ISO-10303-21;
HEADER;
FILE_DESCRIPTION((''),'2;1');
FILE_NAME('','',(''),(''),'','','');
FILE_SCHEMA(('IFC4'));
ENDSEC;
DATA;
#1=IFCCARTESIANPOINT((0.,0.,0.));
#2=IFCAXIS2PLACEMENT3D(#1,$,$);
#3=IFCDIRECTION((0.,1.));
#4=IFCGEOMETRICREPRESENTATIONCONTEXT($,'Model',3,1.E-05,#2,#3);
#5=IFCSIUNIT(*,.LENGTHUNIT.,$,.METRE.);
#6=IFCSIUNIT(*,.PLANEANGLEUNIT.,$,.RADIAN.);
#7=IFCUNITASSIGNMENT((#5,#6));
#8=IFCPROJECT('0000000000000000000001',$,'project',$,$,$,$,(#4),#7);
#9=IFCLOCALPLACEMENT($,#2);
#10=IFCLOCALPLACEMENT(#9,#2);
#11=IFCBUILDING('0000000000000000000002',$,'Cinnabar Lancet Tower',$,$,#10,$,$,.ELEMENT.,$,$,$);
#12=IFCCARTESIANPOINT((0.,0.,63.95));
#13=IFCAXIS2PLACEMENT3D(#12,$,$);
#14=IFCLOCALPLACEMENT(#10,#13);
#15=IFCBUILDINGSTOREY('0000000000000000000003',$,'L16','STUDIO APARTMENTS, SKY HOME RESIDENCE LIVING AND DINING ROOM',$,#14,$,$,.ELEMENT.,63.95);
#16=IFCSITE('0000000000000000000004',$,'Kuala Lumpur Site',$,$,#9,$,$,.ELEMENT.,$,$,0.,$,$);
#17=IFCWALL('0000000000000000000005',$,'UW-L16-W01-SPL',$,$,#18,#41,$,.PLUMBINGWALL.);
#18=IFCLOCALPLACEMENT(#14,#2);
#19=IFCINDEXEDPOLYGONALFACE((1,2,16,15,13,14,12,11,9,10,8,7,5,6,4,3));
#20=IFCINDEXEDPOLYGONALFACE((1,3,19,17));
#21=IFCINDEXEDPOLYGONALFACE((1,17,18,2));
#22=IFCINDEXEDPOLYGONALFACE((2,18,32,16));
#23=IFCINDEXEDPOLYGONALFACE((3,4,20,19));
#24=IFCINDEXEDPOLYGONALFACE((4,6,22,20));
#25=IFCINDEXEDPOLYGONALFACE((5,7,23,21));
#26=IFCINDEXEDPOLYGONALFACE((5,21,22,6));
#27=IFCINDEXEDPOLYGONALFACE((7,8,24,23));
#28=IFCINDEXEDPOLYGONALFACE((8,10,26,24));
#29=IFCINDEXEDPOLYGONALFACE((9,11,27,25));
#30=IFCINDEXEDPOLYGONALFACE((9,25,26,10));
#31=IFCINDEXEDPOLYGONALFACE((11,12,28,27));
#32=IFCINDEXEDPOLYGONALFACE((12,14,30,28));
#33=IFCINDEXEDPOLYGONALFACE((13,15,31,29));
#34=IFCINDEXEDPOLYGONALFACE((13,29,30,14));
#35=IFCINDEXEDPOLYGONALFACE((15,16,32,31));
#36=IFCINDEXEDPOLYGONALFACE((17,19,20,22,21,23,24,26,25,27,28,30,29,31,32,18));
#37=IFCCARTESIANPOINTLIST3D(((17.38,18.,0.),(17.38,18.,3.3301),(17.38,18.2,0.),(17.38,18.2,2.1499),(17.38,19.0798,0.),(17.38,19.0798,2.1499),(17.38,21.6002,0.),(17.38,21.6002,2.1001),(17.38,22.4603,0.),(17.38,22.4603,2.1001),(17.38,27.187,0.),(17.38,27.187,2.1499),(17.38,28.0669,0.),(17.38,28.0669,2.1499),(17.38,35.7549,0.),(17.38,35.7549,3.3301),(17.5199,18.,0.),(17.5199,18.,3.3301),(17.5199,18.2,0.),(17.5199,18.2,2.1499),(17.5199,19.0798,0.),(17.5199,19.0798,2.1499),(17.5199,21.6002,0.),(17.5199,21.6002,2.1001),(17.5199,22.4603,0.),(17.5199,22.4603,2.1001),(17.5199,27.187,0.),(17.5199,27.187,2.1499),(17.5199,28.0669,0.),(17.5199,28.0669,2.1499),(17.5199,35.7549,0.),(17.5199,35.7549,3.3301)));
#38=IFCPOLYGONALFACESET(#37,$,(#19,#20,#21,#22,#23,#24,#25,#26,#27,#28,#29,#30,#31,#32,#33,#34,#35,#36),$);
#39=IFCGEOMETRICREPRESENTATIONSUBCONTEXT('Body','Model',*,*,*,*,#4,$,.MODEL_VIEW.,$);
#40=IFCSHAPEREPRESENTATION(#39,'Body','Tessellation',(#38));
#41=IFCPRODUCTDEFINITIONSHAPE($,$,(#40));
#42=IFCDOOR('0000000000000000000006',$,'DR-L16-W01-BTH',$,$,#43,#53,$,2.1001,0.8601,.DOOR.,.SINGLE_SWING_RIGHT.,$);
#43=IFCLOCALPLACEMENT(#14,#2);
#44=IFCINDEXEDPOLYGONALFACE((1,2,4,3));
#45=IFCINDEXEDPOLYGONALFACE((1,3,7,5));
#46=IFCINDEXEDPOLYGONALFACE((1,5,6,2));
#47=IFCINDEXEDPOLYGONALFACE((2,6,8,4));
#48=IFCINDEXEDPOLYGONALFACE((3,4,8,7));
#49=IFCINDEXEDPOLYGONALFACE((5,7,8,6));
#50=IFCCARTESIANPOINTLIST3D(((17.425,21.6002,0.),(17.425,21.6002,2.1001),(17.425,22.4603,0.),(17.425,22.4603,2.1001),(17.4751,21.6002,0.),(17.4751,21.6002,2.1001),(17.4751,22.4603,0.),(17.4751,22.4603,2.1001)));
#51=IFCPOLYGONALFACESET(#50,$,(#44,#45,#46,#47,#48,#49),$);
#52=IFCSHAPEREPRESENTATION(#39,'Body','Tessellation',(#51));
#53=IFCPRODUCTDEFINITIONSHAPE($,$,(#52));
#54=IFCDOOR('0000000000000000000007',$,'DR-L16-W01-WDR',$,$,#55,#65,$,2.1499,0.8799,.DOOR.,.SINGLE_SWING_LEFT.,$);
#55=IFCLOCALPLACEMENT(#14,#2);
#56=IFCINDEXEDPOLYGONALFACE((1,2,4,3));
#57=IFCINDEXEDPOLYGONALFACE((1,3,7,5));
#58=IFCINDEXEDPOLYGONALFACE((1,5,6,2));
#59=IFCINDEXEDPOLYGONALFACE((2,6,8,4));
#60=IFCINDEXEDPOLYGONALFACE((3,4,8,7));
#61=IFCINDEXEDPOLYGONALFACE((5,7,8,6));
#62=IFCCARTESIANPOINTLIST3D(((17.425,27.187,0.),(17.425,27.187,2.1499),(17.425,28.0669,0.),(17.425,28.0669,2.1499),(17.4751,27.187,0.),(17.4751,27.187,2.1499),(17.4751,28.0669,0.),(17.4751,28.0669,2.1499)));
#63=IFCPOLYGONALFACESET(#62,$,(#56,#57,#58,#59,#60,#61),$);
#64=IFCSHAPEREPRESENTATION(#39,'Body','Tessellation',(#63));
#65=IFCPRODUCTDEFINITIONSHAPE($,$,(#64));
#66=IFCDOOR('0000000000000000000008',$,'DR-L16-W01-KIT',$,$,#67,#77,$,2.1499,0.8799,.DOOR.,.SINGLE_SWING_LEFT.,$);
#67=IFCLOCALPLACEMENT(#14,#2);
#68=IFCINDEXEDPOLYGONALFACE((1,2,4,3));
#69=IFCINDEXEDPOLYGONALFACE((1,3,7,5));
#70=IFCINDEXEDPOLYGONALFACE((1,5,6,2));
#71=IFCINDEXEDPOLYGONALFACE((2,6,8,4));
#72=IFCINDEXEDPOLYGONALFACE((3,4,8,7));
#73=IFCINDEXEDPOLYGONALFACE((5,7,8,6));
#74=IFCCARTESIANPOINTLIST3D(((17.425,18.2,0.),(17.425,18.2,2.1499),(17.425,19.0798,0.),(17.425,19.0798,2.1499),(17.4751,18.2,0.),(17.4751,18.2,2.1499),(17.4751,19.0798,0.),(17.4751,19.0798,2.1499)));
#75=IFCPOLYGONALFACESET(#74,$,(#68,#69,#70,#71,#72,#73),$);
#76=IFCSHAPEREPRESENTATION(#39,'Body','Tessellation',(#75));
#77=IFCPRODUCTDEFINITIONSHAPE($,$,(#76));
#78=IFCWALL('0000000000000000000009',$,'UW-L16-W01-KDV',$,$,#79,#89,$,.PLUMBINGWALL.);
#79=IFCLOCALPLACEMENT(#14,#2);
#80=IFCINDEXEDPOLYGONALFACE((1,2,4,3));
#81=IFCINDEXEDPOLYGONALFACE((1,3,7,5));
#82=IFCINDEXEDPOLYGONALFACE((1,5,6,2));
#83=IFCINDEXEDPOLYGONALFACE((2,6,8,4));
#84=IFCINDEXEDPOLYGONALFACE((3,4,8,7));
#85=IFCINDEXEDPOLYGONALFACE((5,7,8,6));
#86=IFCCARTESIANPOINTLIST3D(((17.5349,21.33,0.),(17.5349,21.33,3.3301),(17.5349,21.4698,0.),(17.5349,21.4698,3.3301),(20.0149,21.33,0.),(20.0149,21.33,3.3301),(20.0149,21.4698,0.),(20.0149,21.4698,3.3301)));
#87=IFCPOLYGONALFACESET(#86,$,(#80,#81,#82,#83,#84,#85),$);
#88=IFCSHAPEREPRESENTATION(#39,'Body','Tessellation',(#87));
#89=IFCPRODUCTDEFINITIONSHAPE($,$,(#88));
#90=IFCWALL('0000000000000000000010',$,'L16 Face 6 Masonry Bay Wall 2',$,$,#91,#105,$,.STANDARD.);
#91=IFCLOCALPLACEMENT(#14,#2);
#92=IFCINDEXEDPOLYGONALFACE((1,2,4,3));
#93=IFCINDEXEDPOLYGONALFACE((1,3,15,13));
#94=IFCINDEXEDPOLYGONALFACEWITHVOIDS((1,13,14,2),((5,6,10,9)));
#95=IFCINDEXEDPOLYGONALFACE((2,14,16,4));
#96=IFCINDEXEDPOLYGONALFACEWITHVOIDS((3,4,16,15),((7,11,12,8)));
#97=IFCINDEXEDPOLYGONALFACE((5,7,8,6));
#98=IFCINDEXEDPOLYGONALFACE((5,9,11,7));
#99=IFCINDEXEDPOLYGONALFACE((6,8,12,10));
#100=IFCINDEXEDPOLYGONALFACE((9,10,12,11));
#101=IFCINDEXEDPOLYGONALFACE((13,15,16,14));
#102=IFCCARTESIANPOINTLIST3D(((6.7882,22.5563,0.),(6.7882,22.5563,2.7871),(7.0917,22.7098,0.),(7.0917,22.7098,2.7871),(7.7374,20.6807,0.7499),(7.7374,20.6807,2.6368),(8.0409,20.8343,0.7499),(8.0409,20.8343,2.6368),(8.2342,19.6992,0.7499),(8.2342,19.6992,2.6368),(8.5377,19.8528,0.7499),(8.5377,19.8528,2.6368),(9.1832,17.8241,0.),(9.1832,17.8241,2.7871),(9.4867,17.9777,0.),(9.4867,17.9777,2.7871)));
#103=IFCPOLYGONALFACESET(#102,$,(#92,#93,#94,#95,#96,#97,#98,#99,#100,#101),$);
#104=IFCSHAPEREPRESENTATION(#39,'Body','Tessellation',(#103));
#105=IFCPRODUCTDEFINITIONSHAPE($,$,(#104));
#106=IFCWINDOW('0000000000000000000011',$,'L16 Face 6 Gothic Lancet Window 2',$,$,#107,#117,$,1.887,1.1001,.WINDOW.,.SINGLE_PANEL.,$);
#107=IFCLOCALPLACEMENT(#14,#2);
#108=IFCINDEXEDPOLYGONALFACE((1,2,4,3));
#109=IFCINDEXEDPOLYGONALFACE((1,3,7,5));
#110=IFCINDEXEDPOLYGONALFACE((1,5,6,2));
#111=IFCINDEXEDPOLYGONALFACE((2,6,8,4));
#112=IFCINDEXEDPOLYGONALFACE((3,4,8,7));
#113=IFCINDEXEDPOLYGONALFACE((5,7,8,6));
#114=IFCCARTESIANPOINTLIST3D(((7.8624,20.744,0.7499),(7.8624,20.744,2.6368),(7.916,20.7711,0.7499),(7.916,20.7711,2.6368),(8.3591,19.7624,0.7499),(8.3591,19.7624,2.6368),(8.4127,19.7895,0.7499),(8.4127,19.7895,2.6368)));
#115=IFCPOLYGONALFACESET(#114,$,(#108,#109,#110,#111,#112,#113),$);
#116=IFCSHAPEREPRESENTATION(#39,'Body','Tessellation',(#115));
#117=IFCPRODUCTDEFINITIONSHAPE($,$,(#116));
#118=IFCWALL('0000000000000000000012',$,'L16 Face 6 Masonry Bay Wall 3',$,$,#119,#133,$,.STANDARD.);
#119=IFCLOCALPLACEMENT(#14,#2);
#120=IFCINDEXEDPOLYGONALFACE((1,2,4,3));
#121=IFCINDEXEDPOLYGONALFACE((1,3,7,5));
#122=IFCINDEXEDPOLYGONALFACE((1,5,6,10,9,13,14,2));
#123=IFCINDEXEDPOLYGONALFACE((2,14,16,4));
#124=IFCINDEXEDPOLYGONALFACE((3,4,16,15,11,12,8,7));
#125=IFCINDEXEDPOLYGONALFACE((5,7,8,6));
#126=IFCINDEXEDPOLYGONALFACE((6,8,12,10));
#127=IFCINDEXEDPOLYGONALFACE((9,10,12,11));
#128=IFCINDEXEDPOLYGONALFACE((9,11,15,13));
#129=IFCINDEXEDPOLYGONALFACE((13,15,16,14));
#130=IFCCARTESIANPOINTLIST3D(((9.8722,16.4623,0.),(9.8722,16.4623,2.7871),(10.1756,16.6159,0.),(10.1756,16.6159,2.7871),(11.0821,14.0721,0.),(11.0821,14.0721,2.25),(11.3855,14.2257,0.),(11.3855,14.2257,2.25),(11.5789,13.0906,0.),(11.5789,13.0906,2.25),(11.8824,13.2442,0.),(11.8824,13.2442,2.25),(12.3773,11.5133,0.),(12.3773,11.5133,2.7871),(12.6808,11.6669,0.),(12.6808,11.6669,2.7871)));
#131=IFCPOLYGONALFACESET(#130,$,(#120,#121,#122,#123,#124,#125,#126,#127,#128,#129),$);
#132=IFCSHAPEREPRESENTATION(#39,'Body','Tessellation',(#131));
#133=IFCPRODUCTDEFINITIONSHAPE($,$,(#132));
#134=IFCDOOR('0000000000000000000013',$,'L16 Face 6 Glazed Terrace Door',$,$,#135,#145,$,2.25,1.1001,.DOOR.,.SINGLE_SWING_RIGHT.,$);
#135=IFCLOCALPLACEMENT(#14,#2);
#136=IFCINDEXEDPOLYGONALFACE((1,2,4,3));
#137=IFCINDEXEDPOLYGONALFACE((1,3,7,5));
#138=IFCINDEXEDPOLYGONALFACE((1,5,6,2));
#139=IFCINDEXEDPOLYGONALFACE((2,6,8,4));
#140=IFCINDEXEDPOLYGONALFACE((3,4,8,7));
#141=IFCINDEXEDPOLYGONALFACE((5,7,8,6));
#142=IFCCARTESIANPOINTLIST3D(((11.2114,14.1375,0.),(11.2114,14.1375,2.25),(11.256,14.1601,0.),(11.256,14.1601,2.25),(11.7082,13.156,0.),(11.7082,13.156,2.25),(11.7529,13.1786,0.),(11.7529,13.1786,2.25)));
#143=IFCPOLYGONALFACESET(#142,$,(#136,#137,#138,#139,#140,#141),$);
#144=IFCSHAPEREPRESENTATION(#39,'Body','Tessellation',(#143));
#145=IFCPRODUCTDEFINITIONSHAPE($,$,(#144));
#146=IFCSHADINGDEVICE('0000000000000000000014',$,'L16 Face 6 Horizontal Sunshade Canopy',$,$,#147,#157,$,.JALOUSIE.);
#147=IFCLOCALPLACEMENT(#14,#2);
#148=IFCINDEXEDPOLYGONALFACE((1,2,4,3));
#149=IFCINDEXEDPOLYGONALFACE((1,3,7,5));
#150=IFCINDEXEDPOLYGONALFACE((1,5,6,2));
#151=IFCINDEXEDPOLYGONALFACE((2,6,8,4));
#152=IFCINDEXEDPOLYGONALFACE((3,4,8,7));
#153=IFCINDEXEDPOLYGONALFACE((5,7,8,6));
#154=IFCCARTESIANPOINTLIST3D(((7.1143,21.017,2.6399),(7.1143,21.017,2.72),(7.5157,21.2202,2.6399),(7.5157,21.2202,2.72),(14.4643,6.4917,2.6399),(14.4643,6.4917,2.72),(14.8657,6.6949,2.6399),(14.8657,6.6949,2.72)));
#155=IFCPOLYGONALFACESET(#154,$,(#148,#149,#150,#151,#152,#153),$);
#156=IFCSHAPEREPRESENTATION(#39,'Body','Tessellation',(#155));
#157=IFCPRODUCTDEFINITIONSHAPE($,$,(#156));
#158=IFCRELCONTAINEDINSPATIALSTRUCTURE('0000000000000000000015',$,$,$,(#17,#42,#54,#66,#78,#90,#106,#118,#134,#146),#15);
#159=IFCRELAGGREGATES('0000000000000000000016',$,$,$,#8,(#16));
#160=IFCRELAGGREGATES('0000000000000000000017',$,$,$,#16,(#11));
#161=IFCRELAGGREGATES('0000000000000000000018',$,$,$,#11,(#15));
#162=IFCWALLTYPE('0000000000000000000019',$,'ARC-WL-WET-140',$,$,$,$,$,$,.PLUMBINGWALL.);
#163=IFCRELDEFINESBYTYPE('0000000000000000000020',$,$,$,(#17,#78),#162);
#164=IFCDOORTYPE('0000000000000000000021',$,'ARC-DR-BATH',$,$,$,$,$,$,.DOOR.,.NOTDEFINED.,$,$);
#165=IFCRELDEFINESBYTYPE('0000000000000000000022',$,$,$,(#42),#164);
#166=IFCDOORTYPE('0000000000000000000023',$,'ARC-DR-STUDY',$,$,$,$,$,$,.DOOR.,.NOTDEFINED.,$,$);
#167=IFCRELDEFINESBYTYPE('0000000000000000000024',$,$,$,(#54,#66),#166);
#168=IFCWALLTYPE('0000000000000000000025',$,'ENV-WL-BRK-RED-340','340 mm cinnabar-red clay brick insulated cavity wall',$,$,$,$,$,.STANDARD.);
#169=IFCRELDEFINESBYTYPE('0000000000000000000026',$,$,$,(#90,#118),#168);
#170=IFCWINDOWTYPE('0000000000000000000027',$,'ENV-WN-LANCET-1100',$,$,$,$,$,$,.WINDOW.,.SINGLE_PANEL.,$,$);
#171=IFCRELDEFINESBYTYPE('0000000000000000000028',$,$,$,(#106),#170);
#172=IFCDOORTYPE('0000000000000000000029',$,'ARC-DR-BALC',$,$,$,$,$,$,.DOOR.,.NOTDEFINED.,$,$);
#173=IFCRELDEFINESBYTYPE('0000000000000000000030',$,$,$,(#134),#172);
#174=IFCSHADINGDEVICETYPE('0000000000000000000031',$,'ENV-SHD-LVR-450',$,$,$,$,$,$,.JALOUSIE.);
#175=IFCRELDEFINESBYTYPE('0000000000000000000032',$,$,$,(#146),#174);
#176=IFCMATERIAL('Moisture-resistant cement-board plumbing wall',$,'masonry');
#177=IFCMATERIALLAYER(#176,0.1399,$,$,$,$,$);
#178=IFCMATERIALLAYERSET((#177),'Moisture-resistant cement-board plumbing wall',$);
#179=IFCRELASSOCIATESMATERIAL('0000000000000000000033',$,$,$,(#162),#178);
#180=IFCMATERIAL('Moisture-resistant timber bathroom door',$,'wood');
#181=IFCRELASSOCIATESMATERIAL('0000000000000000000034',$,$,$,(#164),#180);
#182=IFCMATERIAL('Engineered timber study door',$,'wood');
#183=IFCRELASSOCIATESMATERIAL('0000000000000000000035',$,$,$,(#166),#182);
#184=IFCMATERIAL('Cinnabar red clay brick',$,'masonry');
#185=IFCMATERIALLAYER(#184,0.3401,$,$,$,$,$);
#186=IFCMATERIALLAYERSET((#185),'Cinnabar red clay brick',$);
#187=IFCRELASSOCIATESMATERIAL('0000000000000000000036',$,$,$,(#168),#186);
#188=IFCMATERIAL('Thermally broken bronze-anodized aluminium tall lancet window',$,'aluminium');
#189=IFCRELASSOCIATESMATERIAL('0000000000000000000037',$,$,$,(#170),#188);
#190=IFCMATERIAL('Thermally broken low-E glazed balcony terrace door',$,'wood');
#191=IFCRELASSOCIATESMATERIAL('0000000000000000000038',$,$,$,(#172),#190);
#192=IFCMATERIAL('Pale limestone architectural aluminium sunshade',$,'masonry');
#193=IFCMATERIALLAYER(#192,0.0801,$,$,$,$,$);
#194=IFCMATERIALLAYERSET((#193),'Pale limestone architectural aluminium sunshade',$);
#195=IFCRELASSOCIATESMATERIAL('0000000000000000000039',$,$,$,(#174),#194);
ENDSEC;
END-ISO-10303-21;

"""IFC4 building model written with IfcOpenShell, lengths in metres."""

from ifc_helpers import new_model, si_unit, direction, frame, frame_2d, origin, origin_2d, place, context, subcontext, project, spatial, rectangle, extrude, material, layer, layer_set, type_object, element, fill, save


model = new_model("IFC4")

# Units and contexts
model_context = context("Model", 3, precision=1e-05, world=origin(), true_north=direction((0.0, 1.0)))
body_context = subcontext(model_context, "Body", "Model", "MODEL_VIEW")
ifc_project = project(units=[si_unit("LENGTHUNIT", "METRE"), si_unit("PLANEANGLEUNIT", "RADIAN")], contexts=[model_context])

# Site, building, storey
site_placement = place(None, origin())
site = spatial("IfcSite", under=ifc_project, at=site_placement, Name="Kuala Lumpur Site", CompositionType="ELEMENT", RefElevation=0.0)
building_placement = place(site_placement, origin())
building = spatial("IfcBuilding", under=site, at=building_placement, Name="Cinnabar Lancet Tower", CompositionType="ELEMENT")
storey_placement = place(building_placement, frame((0.0, 0.0, 63.95)))
storey = spatial("IfcBuildingStorey", under=building, at=storey_placement, Name="L16", Description="STUDIO APARTMENTS, SKY HOME RESIDENCE LIVING AND DINING ROOM", CompositionType="ELEMENT", Elevation=63.95)

# Wall, openings, doors
ifc_material_1 = material(Name="Moisture-resistant cement-board plumbing wall", Category="masonry")
ifc_layer_1 = layer(ifc_material_1, 0.1399)
ifc_layer_set_1 = layer_set([ifc_layer_1], Name="Moisture-resistant cement-board plumbing wall")
wall_type_1 = type_object("IfcWallType", Name="ARC-WL-WET-140", PredefinedType="PLUMBINGWALL", material=ifc_layer_set_1)
wall_1_placement = place(storey_placement, frame((17.45, 18.0, 0.0), z_axis=(0.0, 0.0, 1.0), x_axis=(0.0, 1.0, 0.0)))
wall_1 = element("IfcWall", 1, at=wall_1_placement, inside=storey, type_object=wall_type_1, Name="UW-L16-W01-SPL", PredefinedType="PLUMBINGWALL", context=body_context, shape_type="SweptSolid", body=[
    extrude(rectangle(XDim=17.7549, YDim=0.1399, at=frame_2d((8.8774, 0.0))), origin(), (0.0, 0.0, 1.0), 3.3301),
])
opening_1_placement = place(wall_1_placement, frame((3.6001, 0.0, 0.0)))
opening_1 = element("IfcOpeningElement", 2, at=opening_1_placement, cuts=wall_1, PredefinedType="OPENING", context=body_context, shape_type="SweptSolid", body=[
    extrude(rectangle(XDim=0.8601, YDim=2.1001, at=frame_2d((0.4302, 1.05))), frame((0.0, 0.0798, 0.0), z_axis=(0.0, -1.0, 0.0), x_axis=(1.0, 0.0, 0.0)), (0.0, 0.0, 1.0), 0.1599),
])
opening_2_placement = place(wall_1_placement, frame((9.187, 0.0, 0.0)))
opening_2 = element("IfcOpeningElement", 3, at=opening_2_placement, cuts=wall_1, PredefinedType="OPENING", context=body_context, shape_type="SweptSolid", body=[
    extrude(rectangle(XDim=0.8799, YDim=2.1499, at=frame_2d((0.4399, 1.075))), frame((0.0, 0.0798, 0.0), z_axis=(0.0, -1.0, 0.0), x_axis=(1.0, 0.0, 0.0)), (0.0, 0.0, 1.0), 0.1599),
])
opening_3_placement = place(wall_1_placement, frame((0.2, 0.0, 0.0)))
opening_3 = element("IfcOpeningElement", 4, at=opening_3_placement, cuts=wall_1, PredefinedType="OPENING", context=body_context, shape_type="SweptSolid", body=[
    extrude(rectangle(XDim=0.8799, YDim=2.1499, at=frame_2d((0.4399, 1.075))), frame((0.0, 0.0798, 0.0), z_axis=(0.0, -1.0, 0.0), x_axis=(1.0, 0.0, 0.0)), (0.0, 0.0, 1.0), 0.1599),
])
ifc_material_2 = material(Name="Moisture-resistant timber bathroom door", Category="wood")
door_type_1 = type_object("IfcDoorType", Name="ARC-DR-BATH", OperationType="NOTDEFINED", PredefinedType="DOOR", material=ifc_material_2)
door_1_placement = place(opening_1_placement, origin())
door_1 = element("IfcDoor", 5, at=door_1_placement, inside=storey, type_object=door_type_1, Name="DR-L16-W01-BTH", OperationType="SINGLE_SWING_RIGHT", OverallHeight=2.1001, OverallWidth=0.8601, PredefinedType="DOOR", context=body_context, shape_type="SweptSolid", body=[
    extrude(rectangle(XDim=0.8601, YDim=2.1001, at=frame_2d((0.4302, 1.05))), frame((0.0, 0.0249, 0.0), z_axis=(0.0, -1.0, 0.0), x_axis=(1.0, 0.0, 0.0)), (0.0, 0.0, 1.0), 0.05),
])
fill(opening_1, door_1)
ifc_material_3 = material(Name="Engineered timber study door", Category="wood")
door_type_2 = type_object("IfcDoorType", Name="ARC-DR-STUDY", OperationType="NOTDEFINED", PredefinedType="DOOR", material=ifc_material_3)
door_2_placement = place(opening_2_placement, origin())
door_2 = element("IfcDoor", 6, at=door_2_placement, inside=storey, type_object=door_type_2, Name="DR-L16-W01-WDR", OperationType="SINGLE_SWING_LEFT", OverallHeight=2.1499, OverallWidth=0.8799, PredefinedType="DOOR", context=body_context, shape_type="SweptSolid", body=[
    extrude(rectangle(XDim=0.8799, YDim=2.1499, at=frame_2d((0.4399, 1.075))), frame((0.0, 0.0249, 0.0), z_axis=(0.0, -1.0, 0.0), x_axis=(1.0, 0.0, 0.0)), (0.0, 0.0, 1.0), 0.05),
])
fill(opening_2, door_2)
door_3_placement = place(opening_3_placement, origin())
door_3 = element("IfcDoor", 7, at=door_3_placement, inside=storey, type_object=door_type_2, Name="DR-L16-W01-KIT", OperationType="SINGLE_SWING_LEFT", OverallHeight=2.1499, OverallWidth=0.8799, PredefinedType="DOOR", context=body_context, shape_type="SweptSolid", body=[
    extrude(rectangle(XDim=0.8799, YDim=2.1499, at=frame_2d((0.4399, 1.075))), frame((0.0, 0.0249, 0.0), z_axis=(0.0, -1.0, 0.0), x_axis=(1.0, 0.0, 0.0)), (0.0, 0.0, 1.0), 0.05),
])
fill(opening_3, door_3)

# Wall
wall_2_placement = place(storey_placement, frame((17.5349, 21.3999, 0.0), z_axis=(0.0, 0.0, 1.0), x_axis=(1.0, 0.0, 0.0)))
element("IfcWall", 8, at=wall_2_placement, inside=storey, type_object=wall_type_1, Name="UW-L16-W01-KDV", PredefinedType="PLUMBINGWALL", context=body_context, shape_type="SweptSolid", body=[
    extrude(rectangle(XDim=2.48, YDim=0.1399, at=frame_2d((1.24, 0.0))), origin(), (0.0, 0.0, 1.0), 3.3301),
])

# Wall, opening, window
ifc_material_4 = material(Name="Cinnabar red clay brick", Category="masonry")
ifc_layer_2 = layer(ifc_material_4, 0.3401)
ifc_layer_set_2 = layer_set([ifc_layer_2], Name="Cinnabar red clay brick")
wall_type_2 = type_object("IfcWallType", Name="ENV-WL-BRK-RED-340", Description="340 mm cinnabar-red clay brick insulated cavity wall", PredefinedType="STANDARD", material=ifc_layer_set_2)
wall_3_placement = place(storey_placement, frame((6.9399, 22.6331, 0.0), z_axis=(0.0, 0.0, 1.0), x_axis=(0.451572, -0.892235, 0.0)))
wall_3 = element("IfcWall", 9, at=wall_3_placement, inside=storey, type_object=wall_type_2, Name="L16 Face 6 Masonry Bay Wall 2", PredefinedType="STANDARD", context=body_context, shape_type="SweptSolid", body=[
    extrude(rectangle(XDim=5.3037, YDim=0.3401, at=frame_2d((2.6519, 0.0))), origin(), (0.0, 0.0, 1.0), 2.7871),
])
opening_4_placement = place(wall_3_placement, frame((2.1021, 0.0, 0.75)))
opening_4 = element("IfcOpeningElement", 10, at=opening_4_placement, cuts=wall_3, PredefinedType="OPENING", context=body_context, shape_type="SweptSolid", body=[
    extrude(rectangle(XDim=1.1001, YDim=1.887, at=frame_2d((0.55, 0.9434))), frame((0.0, 0.1799, 0.0), z_axis=(0.0, -1.0, 0.0), x_axis=(1.0, 0.0, 0.0)), (0.0, 0.0, 1.0), 0.3601),
])
ifc_material_5 = material(Name="Thermally broken bronze-anodized aluminium tall lancet window", Category="aluminium")
window_type = type_object("IfcWindowType", Name="ENV-WN-LANCET-1100", PartitioningType="SINGLE_PANEL", PredefinedType="WINDOW", material=ifc_material_5)
window_placement = place(opening_4_placement, origin())
window = element("IfcWindow", 11, at=window_placement, inside=storey, type_object=window_type, Name="L16 Face 6 Gothic Lancet Window 2", OverallHeight=1.887, OverallWidth=1.1001, PartitioningType="SINGLE_PANEL", PredefinedType="WINDOW", context=body_context, shape_type="SweptSolid", body=[
    extrude(rectangle(XDim=1.1001, YDim=1.887, at=frame_2d((0.55, 0.9434))), frame((0.0, 0.03, 0.0), z_axis=(0.0, -1.0, 0.0), x_axis=(1.0, 0.0, 0.0)), (0.0, 0.0, 1.0), 0.0601),
])
fill(opening_4, window)

# Wall, opening, door
wall_4_placement = place(storey_placement, frame((10.0239, 16.5391, 0.0), z_axis=(0.0, 0.0, 1.0), x_axis=(0.451627, -0.892207, 0.0)))
wall_4 = element("IfcWall", 12, at=wall_4_placement, inside=storey, type_object=wall_type_2, Name="L16 Face 6 Masonry Bay Wall 3", PredefinedType="STANDARD", context=body_context, shape_type="SweptSolid", body=[
    extrude(rectangle(XDim=5.5469, YDim=0.3401, at=frame_2d((2.7734, 0.0))), origin(), (0.0, 0.0, 1.0), 2.7871),
])
opening_5_placement = place(wall_4_placement, frame((2.679, 0.0, 0.0)))
opening_5 = element("IfcOpeningElement", 13, at=opening_5_placement, cuts=wall_4, PredefinedType="OPENING", context=body_context, shape_type="SweptSolid", body=[
    extrude(rectangle(XDim=1.1001, YDim=2.25, at=frame_2d((0.55, 1.125))), frame((0.0, 0.1799, 0.0), z_axis=(0.0, -1.0, 0.0), x_axis=(1.0, 0.0, 0.0)), (0.0, 0.0, 1.0), 0.3601),
])
ifc_material_6 = material(Name="Thermally broken low-E glazed balcony terrace door", Category="wood")
door_type_3 = type_object("IfcDoorType", Name="ARC-DR-BALC", OperationType="NOTDEFINED", PredefinedType="DOOR", material=ifc_material_6)
door_4_placement = place(opening_5_placement, origin())
door_4 = element("IfcDoor", 14, at=door_4_placement, inside=storey, type_object=door_type_3, Name="L16 Face 6 Glazed Terrace Door", OperationType="SINGLE_SWING_RIGHT", OverallHeight=2.25, OverallWidth=1.1001, PredefinedType="DOOR", context=body_context, shape_type="SweptSolid", body=[
    extrude(rectangle(XDim=1.1001, YDim=2.25, at=frame_2d((0.55, 1.125))), frame((0.0, 0.0249, 0.0), z_axis=(0.0, -1.0, 0.0), x_axis=(1.0, 0.0, 0.0)), (0.0, 0.0, 1.0), 0.05),
])
fill(opening_5, door_4)

# Shading device
ifc_material_7 = material(Name="Pale limestone architectural aluminium sunshade", Category="masonry")
ifc_layer_3 = layer(ifc_material_7, 0.0801)
ifc_layer_set_3 = layer_set([ifc_layer_3], Name="Pale limestone architectural aluminium sunshade")
shading_device_type = type_object("IfcShadingDeviceType", Name="ENV-SHD-LVR-450", PredefinedType="JALOUSIE", material=ifc_layer_set_3)
shading_device_placement = place(storey_placement, frame((10.99, 13.856, 2.6399), z_axis=(0.0, 0.0, 1.0), x_axis=(0.451501, -0.892271, 0.0)))
element("IfcShadingDevice", 15, at=shading_device_placement, inside=storey, type_object=shading_device_type, Name="L16 Face 6 Horizontal Sunshade Canopy", PredefinedType="JALOUSIE", context=body_context, shape_type="SweptSolid", body=[
    extrude(rectangle(XDim=16.2791, YDim=0.45, at=origin_2d()), origin(), (0.0, 0.0, 1.0), 0.0801),
])

save(model, "model.ifc")
